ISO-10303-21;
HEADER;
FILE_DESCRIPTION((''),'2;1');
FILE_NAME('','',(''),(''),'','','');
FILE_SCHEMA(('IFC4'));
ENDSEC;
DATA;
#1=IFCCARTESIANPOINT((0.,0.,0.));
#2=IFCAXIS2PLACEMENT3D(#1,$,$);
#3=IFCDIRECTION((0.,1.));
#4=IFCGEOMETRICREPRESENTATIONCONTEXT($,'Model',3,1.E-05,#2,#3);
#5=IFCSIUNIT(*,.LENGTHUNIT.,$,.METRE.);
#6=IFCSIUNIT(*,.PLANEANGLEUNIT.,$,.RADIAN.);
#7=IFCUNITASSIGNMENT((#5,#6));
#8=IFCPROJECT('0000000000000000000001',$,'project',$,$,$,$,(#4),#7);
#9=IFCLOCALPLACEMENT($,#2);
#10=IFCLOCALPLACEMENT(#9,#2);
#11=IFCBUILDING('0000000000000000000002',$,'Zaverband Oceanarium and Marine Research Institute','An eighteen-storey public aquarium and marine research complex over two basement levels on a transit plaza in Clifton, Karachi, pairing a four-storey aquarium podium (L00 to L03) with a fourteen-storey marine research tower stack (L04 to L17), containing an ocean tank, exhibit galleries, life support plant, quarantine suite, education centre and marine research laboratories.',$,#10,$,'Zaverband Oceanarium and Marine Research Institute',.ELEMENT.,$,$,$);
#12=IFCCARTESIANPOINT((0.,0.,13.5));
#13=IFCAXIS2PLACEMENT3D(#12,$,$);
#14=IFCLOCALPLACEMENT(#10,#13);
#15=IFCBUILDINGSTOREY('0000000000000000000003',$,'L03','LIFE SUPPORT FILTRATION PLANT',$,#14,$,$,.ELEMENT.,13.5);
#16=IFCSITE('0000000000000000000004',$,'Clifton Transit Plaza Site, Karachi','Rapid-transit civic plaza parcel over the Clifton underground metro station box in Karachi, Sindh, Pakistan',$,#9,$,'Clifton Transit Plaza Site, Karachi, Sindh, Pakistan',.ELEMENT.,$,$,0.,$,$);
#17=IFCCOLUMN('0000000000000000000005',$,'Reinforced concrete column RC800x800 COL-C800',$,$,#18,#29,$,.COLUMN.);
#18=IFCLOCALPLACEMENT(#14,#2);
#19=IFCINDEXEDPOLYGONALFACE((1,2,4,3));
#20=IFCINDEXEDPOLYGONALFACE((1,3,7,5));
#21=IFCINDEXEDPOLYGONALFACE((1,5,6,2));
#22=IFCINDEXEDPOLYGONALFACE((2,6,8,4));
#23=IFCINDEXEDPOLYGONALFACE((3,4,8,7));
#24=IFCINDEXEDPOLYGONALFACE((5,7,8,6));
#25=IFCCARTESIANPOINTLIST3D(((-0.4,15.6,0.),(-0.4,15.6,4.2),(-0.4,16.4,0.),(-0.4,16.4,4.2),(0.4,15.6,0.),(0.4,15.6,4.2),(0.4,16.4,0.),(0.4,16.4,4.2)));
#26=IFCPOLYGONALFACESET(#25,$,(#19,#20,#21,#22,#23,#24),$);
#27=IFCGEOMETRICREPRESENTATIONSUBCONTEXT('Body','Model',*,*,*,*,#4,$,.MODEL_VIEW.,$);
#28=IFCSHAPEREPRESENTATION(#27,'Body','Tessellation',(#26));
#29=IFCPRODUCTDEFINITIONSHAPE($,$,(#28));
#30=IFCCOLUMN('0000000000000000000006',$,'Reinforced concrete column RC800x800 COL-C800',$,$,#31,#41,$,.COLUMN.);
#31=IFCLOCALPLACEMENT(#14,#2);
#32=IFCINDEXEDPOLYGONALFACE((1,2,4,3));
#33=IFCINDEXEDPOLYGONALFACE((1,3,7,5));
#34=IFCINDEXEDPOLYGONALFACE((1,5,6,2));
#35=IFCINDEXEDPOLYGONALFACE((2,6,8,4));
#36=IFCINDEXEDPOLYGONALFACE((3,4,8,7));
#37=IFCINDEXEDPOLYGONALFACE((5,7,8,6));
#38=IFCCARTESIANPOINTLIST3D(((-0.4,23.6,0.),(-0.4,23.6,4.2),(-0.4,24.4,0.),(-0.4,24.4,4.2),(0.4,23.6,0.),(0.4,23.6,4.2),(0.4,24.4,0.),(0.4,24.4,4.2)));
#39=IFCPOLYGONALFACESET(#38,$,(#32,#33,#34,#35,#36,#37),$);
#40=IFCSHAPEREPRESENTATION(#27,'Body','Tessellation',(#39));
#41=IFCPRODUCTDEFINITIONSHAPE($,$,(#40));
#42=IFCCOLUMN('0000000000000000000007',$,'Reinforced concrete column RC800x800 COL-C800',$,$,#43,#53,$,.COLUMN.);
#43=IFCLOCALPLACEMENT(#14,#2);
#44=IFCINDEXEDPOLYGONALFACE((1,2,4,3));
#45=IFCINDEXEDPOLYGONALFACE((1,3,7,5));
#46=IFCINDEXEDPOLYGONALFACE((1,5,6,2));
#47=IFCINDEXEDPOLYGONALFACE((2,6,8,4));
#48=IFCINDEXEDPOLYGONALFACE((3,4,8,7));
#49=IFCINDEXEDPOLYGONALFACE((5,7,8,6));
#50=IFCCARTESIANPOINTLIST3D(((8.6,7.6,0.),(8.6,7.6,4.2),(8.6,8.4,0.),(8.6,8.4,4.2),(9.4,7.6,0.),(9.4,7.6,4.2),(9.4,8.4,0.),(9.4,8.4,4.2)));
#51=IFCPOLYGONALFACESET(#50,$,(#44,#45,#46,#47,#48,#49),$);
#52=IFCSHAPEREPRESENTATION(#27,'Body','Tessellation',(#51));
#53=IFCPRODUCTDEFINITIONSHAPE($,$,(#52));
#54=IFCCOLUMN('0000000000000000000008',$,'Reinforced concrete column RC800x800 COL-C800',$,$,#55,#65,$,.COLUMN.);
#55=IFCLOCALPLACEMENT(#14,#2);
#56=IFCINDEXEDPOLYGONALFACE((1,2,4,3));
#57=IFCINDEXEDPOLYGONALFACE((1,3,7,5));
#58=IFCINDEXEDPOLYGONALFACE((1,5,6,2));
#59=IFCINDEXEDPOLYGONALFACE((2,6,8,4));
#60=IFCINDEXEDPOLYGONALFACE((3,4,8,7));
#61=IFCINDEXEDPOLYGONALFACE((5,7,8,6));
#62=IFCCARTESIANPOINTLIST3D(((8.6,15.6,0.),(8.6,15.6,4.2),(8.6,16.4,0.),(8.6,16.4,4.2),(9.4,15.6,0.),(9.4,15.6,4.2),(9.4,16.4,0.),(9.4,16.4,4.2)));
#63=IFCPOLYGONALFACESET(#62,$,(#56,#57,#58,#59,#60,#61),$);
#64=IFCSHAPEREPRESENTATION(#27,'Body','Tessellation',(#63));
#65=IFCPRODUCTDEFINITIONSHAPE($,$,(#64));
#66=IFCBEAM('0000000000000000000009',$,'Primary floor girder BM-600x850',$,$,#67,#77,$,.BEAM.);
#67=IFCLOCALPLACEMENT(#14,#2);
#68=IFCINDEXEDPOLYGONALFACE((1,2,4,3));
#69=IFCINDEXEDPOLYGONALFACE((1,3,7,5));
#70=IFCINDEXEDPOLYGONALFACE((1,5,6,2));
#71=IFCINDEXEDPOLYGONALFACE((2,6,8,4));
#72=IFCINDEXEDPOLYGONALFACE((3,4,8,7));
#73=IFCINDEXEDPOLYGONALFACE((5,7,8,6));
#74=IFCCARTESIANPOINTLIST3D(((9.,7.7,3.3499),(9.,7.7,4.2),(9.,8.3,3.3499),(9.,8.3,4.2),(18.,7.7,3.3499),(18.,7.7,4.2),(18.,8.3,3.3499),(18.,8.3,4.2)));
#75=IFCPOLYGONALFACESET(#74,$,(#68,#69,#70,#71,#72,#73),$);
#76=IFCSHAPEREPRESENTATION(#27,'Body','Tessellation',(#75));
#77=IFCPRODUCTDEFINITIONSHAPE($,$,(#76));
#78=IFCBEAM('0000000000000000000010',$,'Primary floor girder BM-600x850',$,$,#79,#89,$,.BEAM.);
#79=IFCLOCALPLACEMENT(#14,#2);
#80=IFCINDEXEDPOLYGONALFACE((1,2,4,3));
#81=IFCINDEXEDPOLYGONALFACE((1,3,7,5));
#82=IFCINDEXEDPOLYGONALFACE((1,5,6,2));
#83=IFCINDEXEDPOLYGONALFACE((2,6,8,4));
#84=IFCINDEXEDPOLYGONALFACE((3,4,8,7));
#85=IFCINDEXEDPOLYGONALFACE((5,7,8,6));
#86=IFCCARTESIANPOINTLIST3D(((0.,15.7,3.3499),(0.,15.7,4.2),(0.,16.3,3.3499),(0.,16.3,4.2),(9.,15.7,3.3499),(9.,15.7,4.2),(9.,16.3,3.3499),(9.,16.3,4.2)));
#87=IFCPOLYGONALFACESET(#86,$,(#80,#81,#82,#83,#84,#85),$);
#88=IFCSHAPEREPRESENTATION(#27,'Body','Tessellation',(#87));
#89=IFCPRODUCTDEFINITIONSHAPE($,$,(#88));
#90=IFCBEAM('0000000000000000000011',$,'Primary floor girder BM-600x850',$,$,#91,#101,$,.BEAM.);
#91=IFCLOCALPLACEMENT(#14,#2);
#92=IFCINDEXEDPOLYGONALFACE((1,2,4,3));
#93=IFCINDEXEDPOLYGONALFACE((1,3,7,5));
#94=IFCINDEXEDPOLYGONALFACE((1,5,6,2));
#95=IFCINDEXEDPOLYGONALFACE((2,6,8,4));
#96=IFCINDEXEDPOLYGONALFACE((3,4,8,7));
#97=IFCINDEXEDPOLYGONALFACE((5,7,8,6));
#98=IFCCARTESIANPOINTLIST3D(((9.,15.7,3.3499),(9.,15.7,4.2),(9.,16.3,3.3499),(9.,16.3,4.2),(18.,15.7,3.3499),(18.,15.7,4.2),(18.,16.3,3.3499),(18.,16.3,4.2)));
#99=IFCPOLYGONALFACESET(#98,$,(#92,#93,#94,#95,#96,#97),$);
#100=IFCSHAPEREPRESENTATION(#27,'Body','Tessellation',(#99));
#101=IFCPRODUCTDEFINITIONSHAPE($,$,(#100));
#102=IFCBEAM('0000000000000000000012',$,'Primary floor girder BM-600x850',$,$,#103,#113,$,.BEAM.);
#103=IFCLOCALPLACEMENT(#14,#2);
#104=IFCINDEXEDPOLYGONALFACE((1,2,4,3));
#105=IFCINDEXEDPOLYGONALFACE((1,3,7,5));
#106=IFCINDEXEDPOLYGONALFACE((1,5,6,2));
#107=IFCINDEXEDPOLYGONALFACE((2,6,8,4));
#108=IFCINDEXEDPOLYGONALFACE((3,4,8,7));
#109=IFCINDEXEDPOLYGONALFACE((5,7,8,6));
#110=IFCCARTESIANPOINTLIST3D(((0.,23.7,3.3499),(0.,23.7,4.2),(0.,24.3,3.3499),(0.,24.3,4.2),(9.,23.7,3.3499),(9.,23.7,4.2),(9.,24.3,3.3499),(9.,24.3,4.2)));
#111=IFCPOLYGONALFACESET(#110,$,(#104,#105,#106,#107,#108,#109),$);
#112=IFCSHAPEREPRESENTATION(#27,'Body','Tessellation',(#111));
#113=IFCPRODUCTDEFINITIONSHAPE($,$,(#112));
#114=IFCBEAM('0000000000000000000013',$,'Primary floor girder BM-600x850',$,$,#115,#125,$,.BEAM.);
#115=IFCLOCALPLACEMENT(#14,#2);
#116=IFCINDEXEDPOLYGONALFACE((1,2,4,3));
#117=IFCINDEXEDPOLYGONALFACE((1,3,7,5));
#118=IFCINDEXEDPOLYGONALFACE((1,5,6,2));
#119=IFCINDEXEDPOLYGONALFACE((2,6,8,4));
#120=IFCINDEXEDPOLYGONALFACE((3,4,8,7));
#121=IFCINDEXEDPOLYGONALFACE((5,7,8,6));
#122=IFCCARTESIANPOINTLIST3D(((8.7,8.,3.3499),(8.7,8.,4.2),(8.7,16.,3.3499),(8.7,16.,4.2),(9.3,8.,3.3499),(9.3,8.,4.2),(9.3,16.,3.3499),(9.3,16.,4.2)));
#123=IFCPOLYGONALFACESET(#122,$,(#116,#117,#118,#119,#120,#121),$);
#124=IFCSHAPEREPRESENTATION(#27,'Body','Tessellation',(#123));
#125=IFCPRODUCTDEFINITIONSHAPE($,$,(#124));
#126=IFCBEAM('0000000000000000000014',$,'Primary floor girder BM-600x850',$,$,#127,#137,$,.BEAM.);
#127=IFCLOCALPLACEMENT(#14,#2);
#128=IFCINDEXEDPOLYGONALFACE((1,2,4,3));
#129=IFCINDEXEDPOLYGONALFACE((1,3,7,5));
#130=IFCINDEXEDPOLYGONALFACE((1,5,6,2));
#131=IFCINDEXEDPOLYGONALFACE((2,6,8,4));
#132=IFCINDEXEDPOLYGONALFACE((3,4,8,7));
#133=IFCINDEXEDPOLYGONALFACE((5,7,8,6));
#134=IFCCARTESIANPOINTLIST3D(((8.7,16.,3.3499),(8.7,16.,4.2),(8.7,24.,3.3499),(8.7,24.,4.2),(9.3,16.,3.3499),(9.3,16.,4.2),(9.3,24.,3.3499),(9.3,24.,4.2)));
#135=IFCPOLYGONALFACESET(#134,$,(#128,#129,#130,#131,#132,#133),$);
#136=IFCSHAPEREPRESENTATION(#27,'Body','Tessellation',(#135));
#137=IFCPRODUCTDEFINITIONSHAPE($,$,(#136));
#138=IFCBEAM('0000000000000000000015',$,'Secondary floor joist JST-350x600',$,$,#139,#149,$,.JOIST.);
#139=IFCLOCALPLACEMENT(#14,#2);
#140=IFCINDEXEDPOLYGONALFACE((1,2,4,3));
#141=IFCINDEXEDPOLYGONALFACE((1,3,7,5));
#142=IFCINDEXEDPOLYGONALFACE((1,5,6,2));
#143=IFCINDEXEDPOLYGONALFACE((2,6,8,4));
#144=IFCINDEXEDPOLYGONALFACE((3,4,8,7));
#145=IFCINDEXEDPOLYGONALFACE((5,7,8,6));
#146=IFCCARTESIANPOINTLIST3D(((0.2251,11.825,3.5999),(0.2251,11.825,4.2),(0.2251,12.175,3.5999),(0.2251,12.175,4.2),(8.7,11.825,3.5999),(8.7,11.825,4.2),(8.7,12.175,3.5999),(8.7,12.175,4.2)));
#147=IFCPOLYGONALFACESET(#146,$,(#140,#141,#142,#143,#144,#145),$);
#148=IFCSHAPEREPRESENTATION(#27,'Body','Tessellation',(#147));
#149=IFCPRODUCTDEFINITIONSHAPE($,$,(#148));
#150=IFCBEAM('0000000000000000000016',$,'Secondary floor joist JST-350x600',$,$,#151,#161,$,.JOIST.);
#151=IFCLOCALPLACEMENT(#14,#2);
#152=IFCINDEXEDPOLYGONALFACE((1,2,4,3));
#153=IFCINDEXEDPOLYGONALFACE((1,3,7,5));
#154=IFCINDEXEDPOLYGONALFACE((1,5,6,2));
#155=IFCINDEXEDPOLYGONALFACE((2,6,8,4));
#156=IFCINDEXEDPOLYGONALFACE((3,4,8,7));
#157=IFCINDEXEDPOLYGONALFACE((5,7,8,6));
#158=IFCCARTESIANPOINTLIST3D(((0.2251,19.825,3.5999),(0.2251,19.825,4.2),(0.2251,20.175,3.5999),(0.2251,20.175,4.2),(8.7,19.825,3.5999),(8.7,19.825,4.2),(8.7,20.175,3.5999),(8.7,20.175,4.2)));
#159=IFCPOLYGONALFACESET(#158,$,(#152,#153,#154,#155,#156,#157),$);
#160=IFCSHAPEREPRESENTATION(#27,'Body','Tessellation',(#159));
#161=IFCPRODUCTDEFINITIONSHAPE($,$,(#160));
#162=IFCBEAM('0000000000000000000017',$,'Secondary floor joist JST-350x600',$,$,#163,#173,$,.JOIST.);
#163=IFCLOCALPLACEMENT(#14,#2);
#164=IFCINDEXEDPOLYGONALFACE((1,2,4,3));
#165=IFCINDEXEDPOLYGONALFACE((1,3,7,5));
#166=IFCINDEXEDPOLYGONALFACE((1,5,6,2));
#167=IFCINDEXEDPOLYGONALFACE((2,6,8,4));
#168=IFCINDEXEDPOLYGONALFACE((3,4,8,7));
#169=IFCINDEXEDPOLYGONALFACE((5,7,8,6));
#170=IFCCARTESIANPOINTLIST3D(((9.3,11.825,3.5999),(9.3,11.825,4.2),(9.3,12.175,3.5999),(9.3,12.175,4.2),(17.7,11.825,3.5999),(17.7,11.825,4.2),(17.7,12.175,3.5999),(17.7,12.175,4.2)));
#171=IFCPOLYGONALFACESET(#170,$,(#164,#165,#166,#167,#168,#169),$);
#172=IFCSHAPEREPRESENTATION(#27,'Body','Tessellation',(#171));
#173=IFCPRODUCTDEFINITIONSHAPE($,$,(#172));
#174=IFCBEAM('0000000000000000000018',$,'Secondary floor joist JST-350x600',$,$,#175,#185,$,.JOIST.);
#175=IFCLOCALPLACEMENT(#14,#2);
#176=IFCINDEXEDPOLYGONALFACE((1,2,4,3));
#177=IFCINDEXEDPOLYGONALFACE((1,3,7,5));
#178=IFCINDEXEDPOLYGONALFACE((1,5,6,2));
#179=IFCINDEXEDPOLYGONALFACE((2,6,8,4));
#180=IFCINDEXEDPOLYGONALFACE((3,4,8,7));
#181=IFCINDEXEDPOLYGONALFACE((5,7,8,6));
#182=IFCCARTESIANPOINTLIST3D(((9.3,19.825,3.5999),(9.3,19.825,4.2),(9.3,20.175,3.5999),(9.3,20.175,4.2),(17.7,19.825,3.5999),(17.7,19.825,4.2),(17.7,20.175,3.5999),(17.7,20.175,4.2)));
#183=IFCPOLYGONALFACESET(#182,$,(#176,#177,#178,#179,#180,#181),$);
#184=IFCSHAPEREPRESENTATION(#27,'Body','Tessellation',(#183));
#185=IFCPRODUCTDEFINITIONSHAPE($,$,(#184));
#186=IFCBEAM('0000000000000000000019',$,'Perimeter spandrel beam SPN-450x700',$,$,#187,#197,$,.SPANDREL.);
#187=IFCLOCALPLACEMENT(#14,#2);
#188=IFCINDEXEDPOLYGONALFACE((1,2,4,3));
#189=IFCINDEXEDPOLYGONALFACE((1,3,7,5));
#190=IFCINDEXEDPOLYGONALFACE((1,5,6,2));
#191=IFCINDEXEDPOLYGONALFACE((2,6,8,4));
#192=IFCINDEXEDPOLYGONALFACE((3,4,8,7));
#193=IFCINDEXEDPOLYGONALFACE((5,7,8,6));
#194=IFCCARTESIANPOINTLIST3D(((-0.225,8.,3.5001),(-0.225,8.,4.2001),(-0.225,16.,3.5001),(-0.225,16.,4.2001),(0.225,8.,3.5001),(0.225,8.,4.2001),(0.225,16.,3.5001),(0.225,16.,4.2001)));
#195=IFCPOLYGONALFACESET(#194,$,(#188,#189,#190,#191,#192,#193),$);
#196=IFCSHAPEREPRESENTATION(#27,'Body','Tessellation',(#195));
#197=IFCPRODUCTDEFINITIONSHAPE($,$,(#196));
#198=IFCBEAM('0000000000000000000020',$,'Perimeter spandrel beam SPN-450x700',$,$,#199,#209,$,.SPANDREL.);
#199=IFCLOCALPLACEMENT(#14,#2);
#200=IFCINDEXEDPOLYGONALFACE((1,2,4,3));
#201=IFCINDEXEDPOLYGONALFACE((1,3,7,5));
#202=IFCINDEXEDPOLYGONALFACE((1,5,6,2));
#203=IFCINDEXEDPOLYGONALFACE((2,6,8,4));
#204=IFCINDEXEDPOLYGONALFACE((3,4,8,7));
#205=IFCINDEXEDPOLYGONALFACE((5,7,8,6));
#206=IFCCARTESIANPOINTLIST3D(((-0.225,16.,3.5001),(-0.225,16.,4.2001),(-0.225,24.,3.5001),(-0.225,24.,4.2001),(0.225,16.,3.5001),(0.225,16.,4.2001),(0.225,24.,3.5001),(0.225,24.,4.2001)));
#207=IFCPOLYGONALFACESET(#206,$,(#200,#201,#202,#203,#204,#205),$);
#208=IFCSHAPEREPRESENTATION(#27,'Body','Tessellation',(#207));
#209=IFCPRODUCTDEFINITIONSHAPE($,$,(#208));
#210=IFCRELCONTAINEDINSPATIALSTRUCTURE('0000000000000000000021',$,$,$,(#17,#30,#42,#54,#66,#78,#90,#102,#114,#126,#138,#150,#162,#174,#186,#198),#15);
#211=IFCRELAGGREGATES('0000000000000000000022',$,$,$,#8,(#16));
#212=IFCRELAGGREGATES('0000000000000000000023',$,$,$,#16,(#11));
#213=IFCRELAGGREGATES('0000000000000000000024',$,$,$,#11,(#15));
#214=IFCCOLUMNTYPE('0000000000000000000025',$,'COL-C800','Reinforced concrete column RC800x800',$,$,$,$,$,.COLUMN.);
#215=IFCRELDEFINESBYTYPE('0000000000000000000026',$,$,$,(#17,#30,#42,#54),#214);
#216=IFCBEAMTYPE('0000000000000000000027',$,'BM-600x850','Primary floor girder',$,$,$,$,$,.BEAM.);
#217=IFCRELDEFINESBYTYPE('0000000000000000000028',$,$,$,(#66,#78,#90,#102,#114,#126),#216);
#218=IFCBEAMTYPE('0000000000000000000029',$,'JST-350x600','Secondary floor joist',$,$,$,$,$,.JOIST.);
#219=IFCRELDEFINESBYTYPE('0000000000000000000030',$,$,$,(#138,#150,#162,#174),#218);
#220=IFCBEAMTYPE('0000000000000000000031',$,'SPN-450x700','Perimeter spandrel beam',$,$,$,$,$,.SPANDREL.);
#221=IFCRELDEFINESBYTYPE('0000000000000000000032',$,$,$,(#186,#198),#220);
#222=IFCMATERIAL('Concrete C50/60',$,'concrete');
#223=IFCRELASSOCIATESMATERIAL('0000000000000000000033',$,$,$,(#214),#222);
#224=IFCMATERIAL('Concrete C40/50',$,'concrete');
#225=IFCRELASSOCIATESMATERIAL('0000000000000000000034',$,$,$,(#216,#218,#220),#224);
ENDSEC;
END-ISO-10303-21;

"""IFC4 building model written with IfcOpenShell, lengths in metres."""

from ifc_helpers import new_model, si_unit, direction, frame, origin, origin_2d, place, context, subcontext, project, spatial, rectangle, extrude, material, material_profile, profile_set, type_object, element, save


model = new_model("IFC4")

# Units and contexts
model_context = context("Model", 3, precision=1e-05, world=origin(), true_north=direction((0.0, 1.0)))
body_context = subcontext(model_context, "Body", "Model", "MODEL_VIEW")
ifc_project = project(units=[si_unit("LENGTHUNIT", "METRE"), si_unit("PLANEANGLEUNIT", "RADIAN")], contexts=[model_context])

# Site, building, storey
site_placement = place(None, origin())
site = spatial("IfcSite", under=ifc_project, at=site_placement, Name="Clifton Transit Plaza Site, Karachi", Description="Rapid-transit civic plaza parcel over the Clifton underground metro station box in Karachi, Sindh, Pakistan", LongName="Clifton Transit Plaza Site, Karachi, Sindh, Pakistan", CompositionType="ELEMENT", RefElevation=0.0)
building_placement = place(site_placement, origin())
building = spatial("IfcBuilding", under=site, at=building_placement, Name="Zaverband Oceanarium and Marine Research Institute", Description="An eighteen-storey public aquarium and marine research complex over two basement levels on a transit plaza in Clifton, Karachi, pairing a four-storey aquarium podium (L00 to L03) with a fourteen-storey marine research tower stack (L04 to L17), containing an ocean tank, exhibit galleries, life support plant, quarantine suite, education centre and marine research laboratories.", LongName="Zaverband Oceanarium and Marine Research Institute", CompositionType="ELEMENT")
storey_placement = place(building_placement, frame((0.0, 0.0, 13.5)))
storey = spatial("IfcBuildingStorey", under=building, at=storey_placement, Name="L03", Description="LIFE SUPPORT FILTRATION PLANT", CompositionType="ELEMENT", Elevation=13.5)

# Columns
ifc_material_1 = material(Name="Concrete C50/60", Category="concrete")
ifc_material_profile_1 = material_profile(ifc_material_1, rectangle(XDim=0.8, YDim=0.8, at=origin_2d()), Name="RC800x800")
ifc_profile_set_1 = profile_set([ifc_material_profile_1], Name="Concrete C50/60")
column_type = type_object("IfcColumnType", Name="COL-C800", Description="Reinforced concrete column RC800x800", PredefinedType="COLUMN", material=ifc_profile_set_1)
for number, where, z_axis, x_axis, name in (
    (1, (0.0, 16.0, 0.0), (0.0, 0.0, 1.0), (1.0, 0.0, 0.0), "Reinforced concrete column RC800x800 COL-C800"),
    (2, (0.0, 24.0, 0.0), (0.0, 0.0, 1.0), (1.0, 0.0, 0.0), "Reinforced concrete column RC800x800 COL-C800"),
    (3, (9.0, 8.0, 0.0), (0.0, 0.0, 1.0), (1.0, 0.0, 0.0), "Reinforced concrete column RC800x800 COL-C800"),
    (4, (9.0, 16.0, 0.0), (0.0, 0.0, 1.0), (1.0, 0.0, 0.0), "Reinforced concrete column RC800x800 COL-C800"),
):
    element("IfcColumn", number, at=place(storey_placement, frame(where, z_axis=z_axis, x_axis=x_axis)), inside=storey, type_object=column_type, Name=name, PredefinedType="COLUMN", context=body_context, shape_type="SweptSolid", body=[
        extrude(rectangle(XDim=0.8, YDim=0.8, at=origin_2d()), origin(), (0.0, 0.0, 1.0), 4.2),
    ])

# Beams
ifc_material_2 = material(Name="Concrete C40/50", Category="concrete")
ifc_material_profile_2 = material_profile(ifc_material_2, rectangle(XDim=0.6001, YDim=0.8501, at=origin_2d()), Name="RC600x850")
ifc_profile_set_2 = profile_set([ifc_material_profile_2], Name="Concrete C40/50")
beam_type_1 = type_object("IfcBeamType", Name="BM-600x850", Description="Primary floor girder", PredefinedType="BEAM", material=ifc_profile_set_2)
for number, where, z_axis, x_axis, name in (
    (5, (9.0, 8.0, 3.7749), (1.0, 0.0, 0.0), (0.0, 1.0, 0.0), "Primary floor girder BM-600x850"),
    (6, (0.0, 16.0, 3.7749), (1.0, 0.0, 0.0), (0.0, 1.0, 0.0), "Primary floor girder BM-600x850"),
    (7, (9.0, 16.0, 3.7749), (1.0, 0.0, 0.0), (0.0, 1.0, 0.0), "Primary floor girder BM-600x850"),
    (8, (0.0, 24.0, 3.7749), (1.0, 0.0, 0.0), (0.0, 1.0, 0.0), "Primary floor girder BM-600x850"),
):
    element("IfcBeam", number, at=place(storey_placement, frame(where, z_axis=z_axis, x_axis=x_axis)), inside=storey, type_object=beam_type_1, Name=name, PredefinedType="BEAM", context=body_context, shape_type="SweptSolid", body=[
        extrude(rectangle(XDim=0.6001, YDim=0.8501, at=origin_2d()), origin(), (0.0, 0.0, 1.0), 9.0),
    ])
for number, where, z_axis, x_axis, name in (
    (9, (9.0, 8.0, 3.7749), (0.0, 1.0, 0.0), (-1.0, 0.0, 0.0), "Primary floor girder BM-600x850"),
    (10, (9.0, 16.0, 3.7749), (0.0, 1.0, 0.0), (-1.0, 0.0, 0.0), "Primary floor girder BM-600x850"),
):
    element("IfcBeam", number, at=place(storey_placement, frame(where, z_axis=z_axis, x_axis=x_axis)), inside=storey, type_object=beam_type_1, Name=name, PredefinedType="BEAM", context=body_context, shape_type="SweptSolid", body=[
        extrude(rectangle(XDim=0.6001, YDim=0.8501, at=origin_2d()), origin(), (0.0, 0.0, 1.0), 8.0),
    ])
ifc_material_profile_3 = material_profile(ifc_material_2, rectangle(XDim=0.3501, YDim=0.6001, at=origin_2d()), Name="RC350x600")
ifc_profile_set_3 = profile_set([ifc_material_profile_3], Name="Concrete C40/50")
beam_type_2 = type_object("IfcBeamType", Name="JST-350x600", Description="Secondary floor joist", PredefinedType="JOIST", material=ifc_profile_set_3)
for number, where, z_axis, x_axis, name in (
    (11, (0.2251, 12.0, 3.8999), (1.0, 0.0, 0.0), (0.0, 1.0, 0.0), "Secondary floor joist JST-350x600"),
    (12, (0.2251, 20.0, 3.8999), (1.0, 0.0, 0.0), (0.0, 1.0, 0.0), "Secondary floor joist JST-350x600"),
):
    element("IfcBeam", number, at=place(storey_placement, frame(where, z_axis=z_axis, x_axis=x_axis)), inside=storey, type_object=beam_type_2, Name=name, PredefinedType="JOIST", context=body_context, shape_type="SweptSolid", body=[
        extrude(rectangle(XDim=0.3501, YDim=0.6001, at=origin_2d()), origin(), (0.0, 0.0, 1.0), 8.4749),
    ])
for number, where, z_axis, x_axis, name in (
    (13, (9.3, 12.0, 3.8999), (1.0, 0.0, 0.0), (0.0, 1.0, 0.0), "Secondary floor joist JST-350x600"),
    (14, (9.3, 20.0, 3.8999), (1.0, 0.0, 0.0), (0.0, 1.0, 0.0), "Secondary floor joist JST-350x600"),
):
    element("IfcBeam", number, at=place(storey_placement, frame(where, z_axis=z_axis, x_axis=x_axis)), inside=storey, type_object=beam_type_2, Name=name, PredefinedType="JOIST", context=body_context, shape_type="SweptSolid", body=[
        extrude(rectangle(XDim=0.3501, YDim=0.6001, at=origin_2d()), origin(), (0.0, 0.0, 1.0), 8.3999),
    ])
ifc_material_profile_4 = material_profile(ifc_material_2, rectangle(XDim=0.45, YDim=0.7, at=origin_2d()), Name="RC450x700")
ifc_profile_set_4 = profile_set([ifc_material_profile_4], Name="Concrete C40/50")
beam_type_3 = type_object("IfcBeamType", Name="SPN-450x700", Description="Perimeter spandrel beam", PredefinedType="SPANDREL", material=ifc_profile_set_4)
for number, where, z_axis, x_axis, name in (
    (15, (0.0, 8.0, 3.8501), (0.0, 1.0, 0.0), (-1.0, 0.0, 0.0), "Perimeter spandrel beam SPN-450x700"),
    (16, (0.0, 16.0, 3.8501), (0.0, 1.0, 0.0), (-1.0, 0.0, 0.0), "Perimeter spandrel beam SPN-450x700"),
):
    element("IfcBeam", number, at=place(storey_placement, frame(where, z_axis=z_axis, x_axis=x_axis)), inside=storey, type_object=beam_type_3, Name=name, PredefinedType="SPANDREL", context=body_context, shape_type="SweptSolid", body=[
        extrude(rectangle(XDim=0.45, YDim=0.7, at=origin_2d()), origin(), (0.0, 0.0, 1.0), 8.0),
    ])

save(model, "model.ifc")
